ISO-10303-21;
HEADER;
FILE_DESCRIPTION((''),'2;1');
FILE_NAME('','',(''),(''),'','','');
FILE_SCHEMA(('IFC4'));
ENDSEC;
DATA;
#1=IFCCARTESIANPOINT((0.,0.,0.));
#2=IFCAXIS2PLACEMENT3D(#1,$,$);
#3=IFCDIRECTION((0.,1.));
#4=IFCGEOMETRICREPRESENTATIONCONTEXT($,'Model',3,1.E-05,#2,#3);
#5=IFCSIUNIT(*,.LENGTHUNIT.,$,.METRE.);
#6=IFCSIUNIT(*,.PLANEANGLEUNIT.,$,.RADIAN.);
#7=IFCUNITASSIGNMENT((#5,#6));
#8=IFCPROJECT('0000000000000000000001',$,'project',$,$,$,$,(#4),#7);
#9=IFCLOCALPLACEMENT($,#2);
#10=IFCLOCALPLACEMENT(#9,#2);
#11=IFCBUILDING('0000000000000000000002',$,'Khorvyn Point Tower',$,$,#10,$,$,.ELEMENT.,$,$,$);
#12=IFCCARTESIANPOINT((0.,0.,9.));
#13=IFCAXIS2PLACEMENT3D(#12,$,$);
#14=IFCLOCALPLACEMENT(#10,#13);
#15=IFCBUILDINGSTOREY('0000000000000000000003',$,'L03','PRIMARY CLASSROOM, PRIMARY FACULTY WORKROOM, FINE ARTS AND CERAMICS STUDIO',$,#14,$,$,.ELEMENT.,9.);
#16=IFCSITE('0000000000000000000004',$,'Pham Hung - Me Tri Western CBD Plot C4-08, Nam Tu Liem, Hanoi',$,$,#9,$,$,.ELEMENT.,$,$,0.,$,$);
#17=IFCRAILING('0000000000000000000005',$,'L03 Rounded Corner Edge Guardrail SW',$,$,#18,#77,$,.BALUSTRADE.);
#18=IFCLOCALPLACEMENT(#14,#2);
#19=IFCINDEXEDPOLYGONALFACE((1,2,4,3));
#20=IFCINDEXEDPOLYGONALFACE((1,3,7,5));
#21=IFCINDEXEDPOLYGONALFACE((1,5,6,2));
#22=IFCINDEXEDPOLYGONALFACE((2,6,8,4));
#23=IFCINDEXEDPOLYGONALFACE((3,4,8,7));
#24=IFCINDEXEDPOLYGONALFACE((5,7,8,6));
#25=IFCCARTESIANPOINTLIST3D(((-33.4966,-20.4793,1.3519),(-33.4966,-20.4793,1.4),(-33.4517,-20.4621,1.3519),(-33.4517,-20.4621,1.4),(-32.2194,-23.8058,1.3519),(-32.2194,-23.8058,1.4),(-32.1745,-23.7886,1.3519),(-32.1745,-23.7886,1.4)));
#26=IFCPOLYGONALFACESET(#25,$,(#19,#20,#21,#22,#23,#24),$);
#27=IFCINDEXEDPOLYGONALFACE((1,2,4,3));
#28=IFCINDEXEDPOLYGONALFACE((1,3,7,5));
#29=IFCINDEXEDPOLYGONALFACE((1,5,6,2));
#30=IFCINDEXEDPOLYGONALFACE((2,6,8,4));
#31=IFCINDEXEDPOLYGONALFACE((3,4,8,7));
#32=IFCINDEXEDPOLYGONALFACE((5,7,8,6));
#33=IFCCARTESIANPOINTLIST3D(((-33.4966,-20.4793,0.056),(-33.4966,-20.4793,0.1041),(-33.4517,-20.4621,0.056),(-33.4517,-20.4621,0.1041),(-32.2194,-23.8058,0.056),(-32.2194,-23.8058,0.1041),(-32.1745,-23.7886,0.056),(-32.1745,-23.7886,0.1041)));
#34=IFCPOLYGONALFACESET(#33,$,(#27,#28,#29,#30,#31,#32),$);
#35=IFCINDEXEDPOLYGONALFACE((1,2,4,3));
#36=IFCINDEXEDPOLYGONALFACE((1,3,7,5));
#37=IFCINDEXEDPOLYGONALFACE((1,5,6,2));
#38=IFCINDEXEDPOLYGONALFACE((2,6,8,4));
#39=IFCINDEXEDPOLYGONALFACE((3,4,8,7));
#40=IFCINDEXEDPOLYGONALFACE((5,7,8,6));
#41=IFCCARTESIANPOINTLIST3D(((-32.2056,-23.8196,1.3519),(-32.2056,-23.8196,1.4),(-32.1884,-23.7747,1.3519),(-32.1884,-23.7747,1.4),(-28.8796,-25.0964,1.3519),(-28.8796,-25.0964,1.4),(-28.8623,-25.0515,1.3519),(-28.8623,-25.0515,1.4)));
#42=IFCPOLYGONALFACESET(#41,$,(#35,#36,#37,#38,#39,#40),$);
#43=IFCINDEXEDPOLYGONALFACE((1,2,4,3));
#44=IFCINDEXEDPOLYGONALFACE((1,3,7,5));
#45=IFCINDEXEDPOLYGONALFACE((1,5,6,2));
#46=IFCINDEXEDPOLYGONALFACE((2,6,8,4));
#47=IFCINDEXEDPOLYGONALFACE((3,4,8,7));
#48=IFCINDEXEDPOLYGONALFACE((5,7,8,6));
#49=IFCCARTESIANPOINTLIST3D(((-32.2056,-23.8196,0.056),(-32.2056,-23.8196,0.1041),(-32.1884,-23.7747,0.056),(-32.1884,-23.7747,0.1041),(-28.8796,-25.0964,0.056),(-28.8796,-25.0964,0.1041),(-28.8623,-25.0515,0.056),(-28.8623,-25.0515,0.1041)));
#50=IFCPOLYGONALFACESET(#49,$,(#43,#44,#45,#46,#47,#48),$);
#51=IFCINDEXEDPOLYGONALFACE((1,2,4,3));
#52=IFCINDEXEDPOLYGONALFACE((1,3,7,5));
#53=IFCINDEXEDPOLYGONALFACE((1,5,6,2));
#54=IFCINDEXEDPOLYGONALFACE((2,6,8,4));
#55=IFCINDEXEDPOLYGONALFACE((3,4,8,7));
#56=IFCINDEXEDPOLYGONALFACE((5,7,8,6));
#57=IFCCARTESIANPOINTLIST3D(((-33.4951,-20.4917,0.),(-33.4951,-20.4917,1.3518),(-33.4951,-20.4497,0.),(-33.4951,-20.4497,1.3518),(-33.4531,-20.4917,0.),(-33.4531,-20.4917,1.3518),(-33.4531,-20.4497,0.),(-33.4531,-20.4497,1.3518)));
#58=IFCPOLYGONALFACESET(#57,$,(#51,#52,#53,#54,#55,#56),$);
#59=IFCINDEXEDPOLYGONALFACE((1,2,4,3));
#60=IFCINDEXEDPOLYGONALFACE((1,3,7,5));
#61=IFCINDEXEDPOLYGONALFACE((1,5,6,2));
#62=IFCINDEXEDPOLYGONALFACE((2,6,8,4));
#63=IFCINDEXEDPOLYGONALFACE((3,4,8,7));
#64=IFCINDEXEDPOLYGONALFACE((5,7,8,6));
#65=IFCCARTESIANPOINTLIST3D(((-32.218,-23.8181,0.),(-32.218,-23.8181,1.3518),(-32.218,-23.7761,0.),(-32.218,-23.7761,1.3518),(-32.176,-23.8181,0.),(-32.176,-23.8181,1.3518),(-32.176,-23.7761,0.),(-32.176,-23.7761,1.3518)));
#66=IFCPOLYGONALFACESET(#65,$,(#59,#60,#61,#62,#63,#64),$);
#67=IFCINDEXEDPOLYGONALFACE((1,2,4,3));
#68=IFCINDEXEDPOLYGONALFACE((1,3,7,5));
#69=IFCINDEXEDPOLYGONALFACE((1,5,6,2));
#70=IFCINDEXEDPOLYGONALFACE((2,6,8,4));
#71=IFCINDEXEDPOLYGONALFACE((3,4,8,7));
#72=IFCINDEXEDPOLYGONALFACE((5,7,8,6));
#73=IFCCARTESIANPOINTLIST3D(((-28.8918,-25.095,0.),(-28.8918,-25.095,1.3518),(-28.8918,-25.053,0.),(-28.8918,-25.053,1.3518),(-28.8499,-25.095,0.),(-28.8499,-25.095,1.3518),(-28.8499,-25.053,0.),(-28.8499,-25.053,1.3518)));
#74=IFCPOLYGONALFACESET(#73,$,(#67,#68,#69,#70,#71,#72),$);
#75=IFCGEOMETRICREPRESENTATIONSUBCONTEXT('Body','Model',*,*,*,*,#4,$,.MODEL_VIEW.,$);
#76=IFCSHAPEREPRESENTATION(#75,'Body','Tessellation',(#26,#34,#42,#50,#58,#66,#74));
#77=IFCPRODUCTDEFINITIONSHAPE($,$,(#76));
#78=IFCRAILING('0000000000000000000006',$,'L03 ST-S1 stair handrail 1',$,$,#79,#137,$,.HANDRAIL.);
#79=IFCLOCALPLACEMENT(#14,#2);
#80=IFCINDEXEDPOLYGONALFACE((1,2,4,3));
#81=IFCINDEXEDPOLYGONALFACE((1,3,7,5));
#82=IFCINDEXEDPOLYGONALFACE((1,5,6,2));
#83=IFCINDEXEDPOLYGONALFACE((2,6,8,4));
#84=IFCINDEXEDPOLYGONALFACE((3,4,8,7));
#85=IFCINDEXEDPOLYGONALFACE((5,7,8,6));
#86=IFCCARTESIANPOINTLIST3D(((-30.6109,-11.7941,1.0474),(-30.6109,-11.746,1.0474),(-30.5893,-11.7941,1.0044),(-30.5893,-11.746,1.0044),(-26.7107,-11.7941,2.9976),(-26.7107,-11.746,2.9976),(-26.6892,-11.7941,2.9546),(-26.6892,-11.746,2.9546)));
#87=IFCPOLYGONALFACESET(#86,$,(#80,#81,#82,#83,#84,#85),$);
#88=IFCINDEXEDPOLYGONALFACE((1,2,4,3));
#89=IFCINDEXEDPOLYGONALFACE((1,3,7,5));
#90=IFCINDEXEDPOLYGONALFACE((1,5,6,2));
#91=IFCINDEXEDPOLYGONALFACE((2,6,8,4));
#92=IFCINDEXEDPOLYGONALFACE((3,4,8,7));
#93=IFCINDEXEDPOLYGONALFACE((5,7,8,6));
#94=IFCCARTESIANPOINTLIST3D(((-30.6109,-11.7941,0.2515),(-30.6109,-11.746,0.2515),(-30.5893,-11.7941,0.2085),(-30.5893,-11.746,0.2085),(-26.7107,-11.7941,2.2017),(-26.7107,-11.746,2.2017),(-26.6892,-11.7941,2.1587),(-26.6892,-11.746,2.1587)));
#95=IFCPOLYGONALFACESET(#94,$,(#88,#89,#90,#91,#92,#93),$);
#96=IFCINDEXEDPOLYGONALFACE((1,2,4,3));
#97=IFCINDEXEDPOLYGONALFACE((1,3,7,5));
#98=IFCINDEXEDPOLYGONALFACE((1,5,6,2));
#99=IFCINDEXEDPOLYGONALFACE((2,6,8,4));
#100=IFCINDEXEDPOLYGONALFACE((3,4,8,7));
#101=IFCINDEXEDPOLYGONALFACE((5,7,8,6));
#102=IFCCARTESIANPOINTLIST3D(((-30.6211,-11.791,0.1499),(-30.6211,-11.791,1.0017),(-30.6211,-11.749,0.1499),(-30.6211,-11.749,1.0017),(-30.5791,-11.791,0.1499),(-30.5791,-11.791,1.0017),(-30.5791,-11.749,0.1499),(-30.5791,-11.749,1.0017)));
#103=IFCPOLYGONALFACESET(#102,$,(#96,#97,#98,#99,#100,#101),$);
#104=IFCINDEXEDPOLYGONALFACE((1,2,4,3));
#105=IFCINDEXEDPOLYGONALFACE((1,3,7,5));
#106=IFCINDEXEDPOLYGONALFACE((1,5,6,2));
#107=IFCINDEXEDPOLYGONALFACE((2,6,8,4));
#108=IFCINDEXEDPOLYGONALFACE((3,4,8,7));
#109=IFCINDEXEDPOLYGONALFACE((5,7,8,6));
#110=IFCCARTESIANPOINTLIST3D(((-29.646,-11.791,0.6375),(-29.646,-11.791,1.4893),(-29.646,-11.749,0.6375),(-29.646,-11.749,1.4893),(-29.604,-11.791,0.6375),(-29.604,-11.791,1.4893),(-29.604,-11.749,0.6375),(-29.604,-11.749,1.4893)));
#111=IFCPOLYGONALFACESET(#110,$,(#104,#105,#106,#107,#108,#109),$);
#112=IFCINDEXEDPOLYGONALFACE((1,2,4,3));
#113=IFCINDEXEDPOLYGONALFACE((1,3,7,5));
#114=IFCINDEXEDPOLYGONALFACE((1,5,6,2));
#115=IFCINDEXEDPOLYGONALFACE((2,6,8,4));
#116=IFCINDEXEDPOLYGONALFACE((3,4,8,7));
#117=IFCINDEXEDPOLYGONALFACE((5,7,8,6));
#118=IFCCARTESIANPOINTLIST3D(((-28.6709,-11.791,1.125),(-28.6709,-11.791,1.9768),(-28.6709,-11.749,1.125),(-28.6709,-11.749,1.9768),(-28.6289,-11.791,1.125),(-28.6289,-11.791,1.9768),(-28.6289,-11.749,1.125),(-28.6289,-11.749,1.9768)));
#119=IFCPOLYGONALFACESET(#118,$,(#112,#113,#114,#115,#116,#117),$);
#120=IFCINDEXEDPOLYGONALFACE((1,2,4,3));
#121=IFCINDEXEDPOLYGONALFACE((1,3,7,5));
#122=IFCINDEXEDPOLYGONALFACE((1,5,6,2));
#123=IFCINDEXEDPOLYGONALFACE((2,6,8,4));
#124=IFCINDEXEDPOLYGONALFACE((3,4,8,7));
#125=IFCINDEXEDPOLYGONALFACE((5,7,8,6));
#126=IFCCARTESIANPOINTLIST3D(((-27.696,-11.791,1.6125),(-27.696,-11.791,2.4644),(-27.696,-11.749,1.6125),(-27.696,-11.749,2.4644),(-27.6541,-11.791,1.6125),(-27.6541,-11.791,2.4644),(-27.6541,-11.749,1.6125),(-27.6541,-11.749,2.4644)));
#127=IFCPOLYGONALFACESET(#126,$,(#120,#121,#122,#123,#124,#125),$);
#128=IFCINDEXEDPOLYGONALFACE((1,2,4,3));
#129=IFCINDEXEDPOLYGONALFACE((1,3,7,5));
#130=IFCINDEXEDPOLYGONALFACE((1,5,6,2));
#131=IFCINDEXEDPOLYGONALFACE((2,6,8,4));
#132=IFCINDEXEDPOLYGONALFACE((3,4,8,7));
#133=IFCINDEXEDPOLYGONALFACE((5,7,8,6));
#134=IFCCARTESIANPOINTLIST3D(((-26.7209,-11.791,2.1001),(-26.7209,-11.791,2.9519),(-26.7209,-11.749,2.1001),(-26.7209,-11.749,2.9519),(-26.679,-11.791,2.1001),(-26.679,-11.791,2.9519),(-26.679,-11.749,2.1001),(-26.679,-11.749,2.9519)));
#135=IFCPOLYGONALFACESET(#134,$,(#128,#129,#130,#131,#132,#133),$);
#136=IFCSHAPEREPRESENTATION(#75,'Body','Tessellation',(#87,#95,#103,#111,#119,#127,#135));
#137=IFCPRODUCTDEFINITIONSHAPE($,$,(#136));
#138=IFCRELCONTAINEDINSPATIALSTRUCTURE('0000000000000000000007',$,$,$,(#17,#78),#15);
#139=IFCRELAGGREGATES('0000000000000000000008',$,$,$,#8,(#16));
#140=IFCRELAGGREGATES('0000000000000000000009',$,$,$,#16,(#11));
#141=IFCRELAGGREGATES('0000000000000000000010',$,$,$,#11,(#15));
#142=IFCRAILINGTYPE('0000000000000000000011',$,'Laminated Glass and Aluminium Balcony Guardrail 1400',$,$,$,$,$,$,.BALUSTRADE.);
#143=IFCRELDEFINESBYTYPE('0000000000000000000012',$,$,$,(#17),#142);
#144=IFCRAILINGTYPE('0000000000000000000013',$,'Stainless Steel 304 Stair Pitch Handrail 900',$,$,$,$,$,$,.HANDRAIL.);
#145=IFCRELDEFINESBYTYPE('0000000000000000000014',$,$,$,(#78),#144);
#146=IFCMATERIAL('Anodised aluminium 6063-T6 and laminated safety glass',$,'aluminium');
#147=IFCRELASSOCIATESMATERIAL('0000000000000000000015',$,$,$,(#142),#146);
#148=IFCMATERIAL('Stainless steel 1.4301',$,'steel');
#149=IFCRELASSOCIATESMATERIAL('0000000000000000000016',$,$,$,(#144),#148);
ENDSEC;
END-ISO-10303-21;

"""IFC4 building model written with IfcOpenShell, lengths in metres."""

from ifc_helpers import new_model, si_unit, direction, frame, origin, origin_2d, place, context, subcontext, project, spatial, rectangle, extrude, material, type_object, element, save


model = new_model("IFC4")

# Units and contexts
model_context = context("Model", 3, precision=1e-05, world=origin(), true_north=direction((0.0, 1.0)))
body_context = subcontext(model_context, "Body", "Model", "MODEL_VIEW")
ifc_project = project(units=[si_unit("LENGTHUNIT", "METRE"), si_unit("PLANEANGLEUNIT", "RADIAN")], contexts=[model_context])

# Site, building, storey
site_placement = place(None, origin())
site = spatial("IfcSite", under=ifc_project, at=site_placement, Name="Pham Hung - Me Tri Western CBD Plot C4-08, Nam Tu Liem, Hanoi", CompositionType="ELEMENT", RefElevation=0.0)
building_placement = place(site_placement, origin())
building = spatial("IfcBuilding", under=site, at=building_placement, Name="Khorvyn Point Tower", CompositionType="ELEMENT")
storey_placement = place(building_placement, frame((0.0, 0.0, 9.0)))
storey = spatial("IfcBuildingStorey", under=building, at=storey_placement, Name="L03", Description="PRIMARY CLASSROOM, PRIMARY FACULTY WORKROOM, FINE ARTS AND CERAMICS STUDIO", CompositionType="ELEMENT", Elevation=9.0)

# Railings
ifc_material_1 = material(Name="Anodised aluminium 6063-T6 and laminated safety glass", Category="aluminium")
railing_type_1 = type_object("IfcRailingType", Name="Laminated Glass and Aluminium Balcony Guardrail 1400", PredefinedType="BALUSTRADE", material=ifc_material_1)
railing_1_placement = place(storey_placement, frame((-33.4741, -20.4707, 0.0)))
element("IfcRailing", 1, at=railing_1_placement, inside=storey, type_object=railing_type_1, Name="L03 Rounded Corner Edge Guardrail SW", PredefinedType="BALUSTRADE", context=body_context, shape_type="SweptSolid", body=[
    extrude(rectangle(XDim=0.0481, YDim=0.0481, at=origin_2d()), frame((0.0, 0.0, 1.376), z_axis=(0.358419, -0.933561, 0.0), x_axis=(0.933561, 0.358419, 0.0)), (0.0, 0.0, 1.0), 3.5632),
    extrude(rectangle(XDim=0.0481, YDim=0.0481, at=origin_2d()), frame((0.0, 0.0, 0.0801), z_axis=(0.358419, -0.933561, 0.0), x_axis=(0.933561, 0.358419, 0.0)), (0.0, 0.0, 1.0), 3.5632),
    extrude(rectangle(XDim=0.0481, YDim=0.0481, at=origin_2d()), frame((1.2771, -3.3264, 1.376), z_axis=(0.933575, -0.358382, 0.0), x_axis=(0.358382, 0.933575, 0.0)), (0.0, 0.0, 1.0), 3.5627),
    extrude(rectangle(XDim=0.0481, YDim=0.0481, at=origin_2d()), frame((1.2771, -3.3264, 0.0801), z_axis=(0.933575, -0.358382, 0.0), x_axis=(0.358382, 0.933575, 0.0)), (0.0, 0.0, 1.0), 3.5627),
    extrude(rectangle(XDim=0.042, YDim=0.042, at=origin_2d()), origin(), (0.0, 0.0, 1.0), 1.3518),
    extrude(rectangle(XDim=0.042, YDim=0.042, at=origin_2d()), frame((1.2771, -3.3264, 0.0)), (0.0, 0.0, 1.0), 1.3518),
    extrude(rectangle(XDim=0.042, YDim=0.042, at=origin_2d()), frame((4.6033, -4.6033, 0.0)), (0.0, 0.0, 1.0), 1.3518),
])
ifc_material_2 = material(Name="Stainless steel 1.4301", Category="steel")
railing_type_2 = type_object("IfcRailingType", Name="Stainless Steel 304 Stair Pitch Handrail 900", PredefinedType="HANDRAIL", material=ifc_material_2)
railing_2_placement = place(storey_placement, frame((-30.6001, -11.77, 0.1499)))
element("IfcRailing", 2, at=railing_2_placement, inside=storey, type_object=railing_type_2, Name="L03 ST-S1 stair handrail 1", PredefinedType="HANDRAIL", context=body_context, shape_type="SweptSolid", body=[
    extrude(rectangle(XDim=0.0481, YDim=0.0481, at=origin_2d()), frame((0.0, 0.0, 0.876), z_axis=(0.894416, 0.0, 0.447236), x_axis=(0.0, 1.0, 0.0)), (0.0, 0.0, 1.0), 4.3606),
    extrude(rectangle(XDim=0.0481, YDim=0.0481, at=origin_2d()), frame((0.0, 0.0, 0.0801), z_axis=(0.894416, 0.0, 0.447236), x_axis=(0.0, 1.0, 0.0)), (0.0, 0.0, 1.0), 4.3606),
    extrude(rectangle(XDim=0.042, YDim=0.042, at=origin_2d()), origin(), (0.0, 0.0, 1.0), 0.8518),
    extrude(rectangle(XDim=0.042, YDim=0.042, at=origin_2d()), frame((0.9751, 0.0, 0.4875)), (0.0, 0.0, 1.0), 0.8518),
    extrude(rectangle(XDim=0.042, YDim=0.042, at=origin_2d()), frame((1.9502, 0.0, 0.9751)), (0.0, 0.0, 1.0), 0.8518),
    extrude(rectangle(XDim=0.042, YDim=0.042, at=origin_2d()), frame((2.925, 0.0, 1.4626)), (0.0, 0.0, 1.0), 0.8518),
    extrude(rectangle(XDim=0.042, YDim=0.042, at=origin_2d()), frame((3.9001, 0.0, 1.9502)), (0.0, 0.0, 1.0), 0.8518),
])

save(model, "model.ifc")
